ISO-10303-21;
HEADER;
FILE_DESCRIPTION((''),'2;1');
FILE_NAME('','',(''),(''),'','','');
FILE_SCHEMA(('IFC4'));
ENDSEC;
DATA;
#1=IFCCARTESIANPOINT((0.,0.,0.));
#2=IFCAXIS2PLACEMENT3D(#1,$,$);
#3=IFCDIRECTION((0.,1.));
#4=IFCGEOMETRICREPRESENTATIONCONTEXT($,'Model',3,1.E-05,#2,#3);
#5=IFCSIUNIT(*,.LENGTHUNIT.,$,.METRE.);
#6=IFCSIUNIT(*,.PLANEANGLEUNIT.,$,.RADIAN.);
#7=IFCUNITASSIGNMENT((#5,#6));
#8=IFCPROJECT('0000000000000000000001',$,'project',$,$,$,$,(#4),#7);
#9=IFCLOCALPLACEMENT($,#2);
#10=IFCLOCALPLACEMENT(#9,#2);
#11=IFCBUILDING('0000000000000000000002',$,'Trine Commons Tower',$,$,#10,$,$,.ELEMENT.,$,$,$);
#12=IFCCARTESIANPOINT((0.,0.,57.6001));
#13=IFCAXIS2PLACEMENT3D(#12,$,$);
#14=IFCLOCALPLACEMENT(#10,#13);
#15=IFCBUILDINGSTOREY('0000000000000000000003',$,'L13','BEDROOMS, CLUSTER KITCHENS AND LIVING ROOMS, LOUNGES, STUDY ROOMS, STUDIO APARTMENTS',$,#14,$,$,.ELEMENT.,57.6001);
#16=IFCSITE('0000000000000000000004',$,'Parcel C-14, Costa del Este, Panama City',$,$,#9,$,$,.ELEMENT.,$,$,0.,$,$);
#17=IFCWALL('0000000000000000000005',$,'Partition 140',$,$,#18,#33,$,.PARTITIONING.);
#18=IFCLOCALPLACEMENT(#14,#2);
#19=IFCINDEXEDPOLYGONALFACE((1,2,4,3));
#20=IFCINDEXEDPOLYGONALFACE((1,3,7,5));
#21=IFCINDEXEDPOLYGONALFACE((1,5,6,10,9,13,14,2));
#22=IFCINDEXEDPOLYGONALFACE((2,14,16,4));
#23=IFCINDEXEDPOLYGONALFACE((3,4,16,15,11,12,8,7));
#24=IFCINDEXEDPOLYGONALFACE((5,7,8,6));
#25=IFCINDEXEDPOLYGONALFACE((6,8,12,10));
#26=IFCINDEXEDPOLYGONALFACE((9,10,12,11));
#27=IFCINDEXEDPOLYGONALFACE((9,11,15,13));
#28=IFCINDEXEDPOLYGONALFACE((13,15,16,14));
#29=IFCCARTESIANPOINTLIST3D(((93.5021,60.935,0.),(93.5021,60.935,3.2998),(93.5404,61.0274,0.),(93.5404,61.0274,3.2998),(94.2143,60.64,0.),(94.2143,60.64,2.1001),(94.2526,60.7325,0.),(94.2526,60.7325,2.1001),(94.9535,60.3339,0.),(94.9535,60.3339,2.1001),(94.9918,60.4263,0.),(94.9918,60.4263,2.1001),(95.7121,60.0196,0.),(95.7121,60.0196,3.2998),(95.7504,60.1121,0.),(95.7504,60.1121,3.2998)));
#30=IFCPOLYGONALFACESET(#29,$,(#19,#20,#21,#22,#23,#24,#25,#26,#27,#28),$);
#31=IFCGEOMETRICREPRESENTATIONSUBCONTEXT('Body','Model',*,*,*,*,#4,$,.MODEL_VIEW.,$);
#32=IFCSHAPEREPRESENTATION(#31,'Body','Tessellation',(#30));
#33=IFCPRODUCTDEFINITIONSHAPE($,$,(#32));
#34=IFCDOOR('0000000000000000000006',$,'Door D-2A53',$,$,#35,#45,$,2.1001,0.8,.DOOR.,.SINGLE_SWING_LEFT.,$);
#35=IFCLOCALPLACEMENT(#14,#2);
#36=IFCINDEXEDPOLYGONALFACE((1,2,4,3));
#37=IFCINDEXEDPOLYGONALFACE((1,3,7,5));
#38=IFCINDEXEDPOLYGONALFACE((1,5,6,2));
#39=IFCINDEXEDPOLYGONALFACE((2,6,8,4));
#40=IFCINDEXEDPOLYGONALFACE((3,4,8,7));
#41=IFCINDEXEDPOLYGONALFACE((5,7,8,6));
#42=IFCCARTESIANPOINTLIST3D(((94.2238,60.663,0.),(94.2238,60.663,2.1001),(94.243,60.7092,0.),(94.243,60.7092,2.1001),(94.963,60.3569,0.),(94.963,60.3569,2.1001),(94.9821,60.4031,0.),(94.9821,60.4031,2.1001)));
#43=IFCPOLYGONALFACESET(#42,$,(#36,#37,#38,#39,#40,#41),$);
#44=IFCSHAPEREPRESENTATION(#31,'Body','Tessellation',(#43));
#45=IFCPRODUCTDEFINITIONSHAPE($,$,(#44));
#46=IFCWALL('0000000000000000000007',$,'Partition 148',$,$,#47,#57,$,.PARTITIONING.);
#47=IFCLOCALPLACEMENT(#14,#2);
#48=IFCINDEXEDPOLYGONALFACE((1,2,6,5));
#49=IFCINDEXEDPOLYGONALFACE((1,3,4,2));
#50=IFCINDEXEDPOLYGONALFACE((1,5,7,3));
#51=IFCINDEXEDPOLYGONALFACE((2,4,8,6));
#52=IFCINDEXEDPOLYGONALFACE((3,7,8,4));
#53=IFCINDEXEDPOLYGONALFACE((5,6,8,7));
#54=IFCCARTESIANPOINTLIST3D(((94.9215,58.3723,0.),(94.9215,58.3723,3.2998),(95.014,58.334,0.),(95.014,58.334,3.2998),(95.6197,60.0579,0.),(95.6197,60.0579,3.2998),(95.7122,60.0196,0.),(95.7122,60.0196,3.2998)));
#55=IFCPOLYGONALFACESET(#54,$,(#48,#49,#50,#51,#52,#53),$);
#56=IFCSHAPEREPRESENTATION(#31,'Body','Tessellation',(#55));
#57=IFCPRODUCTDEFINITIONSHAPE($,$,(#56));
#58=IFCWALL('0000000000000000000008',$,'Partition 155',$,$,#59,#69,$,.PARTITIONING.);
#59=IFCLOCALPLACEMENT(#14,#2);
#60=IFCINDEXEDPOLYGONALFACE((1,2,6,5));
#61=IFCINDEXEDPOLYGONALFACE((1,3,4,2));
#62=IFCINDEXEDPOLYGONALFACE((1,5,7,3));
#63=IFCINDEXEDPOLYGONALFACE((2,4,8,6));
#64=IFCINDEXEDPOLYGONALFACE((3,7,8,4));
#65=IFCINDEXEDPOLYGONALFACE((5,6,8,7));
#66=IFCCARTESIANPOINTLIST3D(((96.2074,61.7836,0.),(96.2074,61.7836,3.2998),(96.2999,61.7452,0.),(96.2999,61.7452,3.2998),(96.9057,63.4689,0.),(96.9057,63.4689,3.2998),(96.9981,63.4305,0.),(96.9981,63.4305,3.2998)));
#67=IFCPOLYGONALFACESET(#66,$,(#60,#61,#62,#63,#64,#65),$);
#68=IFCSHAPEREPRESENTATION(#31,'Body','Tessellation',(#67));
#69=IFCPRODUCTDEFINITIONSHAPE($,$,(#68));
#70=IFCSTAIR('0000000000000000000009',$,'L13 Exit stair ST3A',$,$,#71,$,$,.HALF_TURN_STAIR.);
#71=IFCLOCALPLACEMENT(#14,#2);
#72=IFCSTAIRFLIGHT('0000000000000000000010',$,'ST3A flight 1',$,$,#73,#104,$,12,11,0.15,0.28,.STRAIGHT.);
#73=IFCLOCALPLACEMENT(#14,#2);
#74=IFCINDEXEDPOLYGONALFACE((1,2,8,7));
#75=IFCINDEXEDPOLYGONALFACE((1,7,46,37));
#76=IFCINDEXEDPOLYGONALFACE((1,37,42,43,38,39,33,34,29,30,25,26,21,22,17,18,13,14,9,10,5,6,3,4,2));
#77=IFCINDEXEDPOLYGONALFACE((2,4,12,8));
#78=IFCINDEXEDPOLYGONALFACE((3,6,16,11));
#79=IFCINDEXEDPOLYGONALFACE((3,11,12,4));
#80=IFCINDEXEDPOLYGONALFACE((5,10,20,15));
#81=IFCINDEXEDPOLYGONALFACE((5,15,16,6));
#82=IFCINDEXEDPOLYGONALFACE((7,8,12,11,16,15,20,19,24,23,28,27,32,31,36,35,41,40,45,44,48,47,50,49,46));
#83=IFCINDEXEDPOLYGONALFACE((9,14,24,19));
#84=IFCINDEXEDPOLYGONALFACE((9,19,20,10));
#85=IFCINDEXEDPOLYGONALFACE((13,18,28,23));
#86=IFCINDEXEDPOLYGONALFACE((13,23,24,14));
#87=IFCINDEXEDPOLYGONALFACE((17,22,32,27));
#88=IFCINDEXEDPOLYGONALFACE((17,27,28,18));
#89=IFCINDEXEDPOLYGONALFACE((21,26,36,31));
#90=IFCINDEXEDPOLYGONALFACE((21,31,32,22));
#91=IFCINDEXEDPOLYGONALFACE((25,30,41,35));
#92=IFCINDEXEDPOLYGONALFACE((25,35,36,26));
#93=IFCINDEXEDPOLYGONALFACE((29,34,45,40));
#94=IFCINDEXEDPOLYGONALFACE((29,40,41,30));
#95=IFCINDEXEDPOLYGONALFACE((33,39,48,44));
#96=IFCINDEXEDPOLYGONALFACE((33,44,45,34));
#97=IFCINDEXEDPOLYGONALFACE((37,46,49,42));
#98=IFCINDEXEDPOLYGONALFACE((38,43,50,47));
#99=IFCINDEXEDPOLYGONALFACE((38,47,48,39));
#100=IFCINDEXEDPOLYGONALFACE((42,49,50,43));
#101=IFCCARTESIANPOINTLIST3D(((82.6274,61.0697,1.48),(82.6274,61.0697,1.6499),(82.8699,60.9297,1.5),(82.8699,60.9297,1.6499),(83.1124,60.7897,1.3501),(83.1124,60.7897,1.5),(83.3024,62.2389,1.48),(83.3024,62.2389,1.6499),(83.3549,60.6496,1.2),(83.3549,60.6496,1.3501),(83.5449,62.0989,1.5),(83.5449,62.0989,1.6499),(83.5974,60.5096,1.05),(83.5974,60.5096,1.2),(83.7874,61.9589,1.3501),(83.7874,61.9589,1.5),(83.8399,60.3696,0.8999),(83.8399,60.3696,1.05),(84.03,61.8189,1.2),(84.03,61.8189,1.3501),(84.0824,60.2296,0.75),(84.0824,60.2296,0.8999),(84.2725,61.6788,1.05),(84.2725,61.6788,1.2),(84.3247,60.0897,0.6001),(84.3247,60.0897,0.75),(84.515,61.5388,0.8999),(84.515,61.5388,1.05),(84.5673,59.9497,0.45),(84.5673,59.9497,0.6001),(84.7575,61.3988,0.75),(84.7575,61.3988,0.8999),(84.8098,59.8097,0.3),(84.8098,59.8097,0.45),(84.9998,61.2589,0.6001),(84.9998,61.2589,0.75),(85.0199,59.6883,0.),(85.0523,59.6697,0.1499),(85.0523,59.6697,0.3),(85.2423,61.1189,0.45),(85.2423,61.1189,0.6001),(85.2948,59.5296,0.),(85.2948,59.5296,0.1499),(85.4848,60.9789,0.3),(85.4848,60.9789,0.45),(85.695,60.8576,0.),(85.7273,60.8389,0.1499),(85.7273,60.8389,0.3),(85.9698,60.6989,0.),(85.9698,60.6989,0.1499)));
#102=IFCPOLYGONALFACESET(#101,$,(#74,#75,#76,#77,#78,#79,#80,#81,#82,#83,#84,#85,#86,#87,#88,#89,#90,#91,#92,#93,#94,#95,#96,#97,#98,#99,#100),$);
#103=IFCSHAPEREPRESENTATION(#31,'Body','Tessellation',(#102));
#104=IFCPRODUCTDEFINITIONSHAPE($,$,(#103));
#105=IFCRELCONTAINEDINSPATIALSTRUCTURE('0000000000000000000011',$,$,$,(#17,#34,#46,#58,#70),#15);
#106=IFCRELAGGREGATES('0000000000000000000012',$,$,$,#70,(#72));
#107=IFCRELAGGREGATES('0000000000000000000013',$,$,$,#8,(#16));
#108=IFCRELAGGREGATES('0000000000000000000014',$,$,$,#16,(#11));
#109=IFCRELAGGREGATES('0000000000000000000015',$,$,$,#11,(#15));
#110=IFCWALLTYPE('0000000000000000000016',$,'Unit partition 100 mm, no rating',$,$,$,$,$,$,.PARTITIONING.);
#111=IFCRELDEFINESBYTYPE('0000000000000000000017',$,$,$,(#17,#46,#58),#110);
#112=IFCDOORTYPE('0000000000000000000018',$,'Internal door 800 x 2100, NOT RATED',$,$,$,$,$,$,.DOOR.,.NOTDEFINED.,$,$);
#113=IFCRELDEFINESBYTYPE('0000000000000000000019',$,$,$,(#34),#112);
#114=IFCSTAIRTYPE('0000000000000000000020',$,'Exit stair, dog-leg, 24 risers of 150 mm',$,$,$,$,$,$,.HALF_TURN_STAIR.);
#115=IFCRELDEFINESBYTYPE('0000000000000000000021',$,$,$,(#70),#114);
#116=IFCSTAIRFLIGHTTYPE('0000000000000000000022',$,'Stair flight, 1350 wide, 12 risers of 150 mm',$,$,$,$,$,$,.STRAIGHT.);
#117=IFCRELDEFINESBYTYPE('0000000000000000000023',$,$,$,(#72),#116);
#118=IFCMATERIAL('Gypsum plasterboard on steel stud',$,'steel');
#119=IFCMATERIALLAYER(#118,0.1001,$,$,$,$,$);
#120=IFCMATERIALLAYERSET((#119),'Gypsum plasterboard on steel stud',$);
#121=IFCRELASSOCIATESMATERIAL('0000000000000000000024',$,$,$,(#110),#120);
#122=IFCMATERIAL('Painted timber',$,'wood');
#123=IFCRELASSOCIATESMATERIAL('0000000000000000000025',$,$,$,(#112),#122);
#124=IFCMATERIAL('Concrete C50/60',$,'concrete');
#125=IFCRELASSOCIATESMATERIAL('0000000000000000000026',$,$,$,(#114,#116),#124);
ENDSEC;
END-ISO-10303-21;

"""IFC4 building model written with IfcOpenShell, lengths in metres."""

from ifc_helpers import new_model, si_unit, direction, frame, frame_2d, origin, place, context, subcontext, project, spatial, polyline, rectangle, outline, extrude, material, layer, layer_set, type_object, element, fill, aggregate, save


model = new_model("IFC4")

# Units and contexts
model_context = context("Model", 3, precision=1e-05, world=origin(), true_north=direction((0.0, 1.0)))
body_context = subcontext(model_context, "Body", "Model", "MODEL_VIEW")
ifc_project = project(units=[si_unit("LENGTHUNIT", "METRE"), si_unit("PLANEANGLEUNIT", "RADIAN")], contexts=[model_context])

# Site, building, storey
site_placement = place(None, origin())
site = spatial("IfcSite", under=ifc_project, at=site_placement, Name="Parcel C-14, Costa del Este, Panama City", CompositionType="ELEMENT", RefElevation=0.0)
building_placement = place(site_placement, origin())
building = spatial("IfcBuilding", under=site, at=building_placement, Name="Trine Commons Tower", CompositionType="ELEMENT")
storey_placement = place(building_placement, frame((0.0, 0.0, 57.6001)))
storey = spatial("IfcBuildingStorey", under=building, at=storey_placement, Name="L13", Description="BEDROOMS, CLUSTER KITCHENS AND LIVING ROOMS, LOUNGES, STUDY ROOMS, STUDIO APARTMENTS", CompositionType="ELEMENT", Elevation=57.6001)

# Shared definitions
ifc_material_1 = material(Name="Concrete C50/60", Category="concrete")

# Shared definitions
ifc_material_2 = material(Name="Gypsum plasterboard on steel stud", Category="steel")

# Shared definitions
ifc_material_3 = material(Name="Painted timber", Category="wood")

# Wall, opening, door
ifc_layer_1 = layer(ifc_material_2, 0.1001)
ifc_layer_set_1 = layer_set([ifc_layer_1], Name="Gypsum plasterboard on steel stud")
wall_type_1 = type_object("IfcWallType", Name="Unit partition 100 mm, no rating", PredefinedType="PARTITIONING", material=ifc_layer_set_1)
door_type_1 = type_object("IfcDoorType", Name="Internal door 800 x 2100, NOT RATED", OperationType="NOTDEFINED", PredefinedType="DOOR", material=ifc_material_3)
wall_1_placement = place(storey_placement, frame((93.5212, 60.9812, 0.0), z_axis=(0.0, 0.0, 1.0), x_axis=(0.923896, -0.382643, 0.0)))
wall_1 = element("IfcWall", 1, at=wall_1_placement, inside=storey, type_object=wall_type_1, Name="Partition 140", PredefinedType="PARTITIONING", context=body_context, shape_type="SweptSolid", body=[
    extrude(rectangle(XDim=2.3921, YDim=0.1001, at=frame_2d((1.196, 0.0))), origin(), (0.0, 0.0, 1.0), 3.2998),
])
opening_1_placement = place(wall_1_placement, frame((0.771, 0.0, 0.0)))
opening_1 = element("IfcOpeningElement", 2, at=opening_1_placement, cuts=wall_1, PredefinedType="OPENING", context=body_context, shape_type="SweptSolid", body=[
    extrude(rectangle(XDim=0.8, YDim=2.1001, at=frame_2d((0.3999, 1.05))), frame((0.0, 0.0601, 0.0), z_axis=(0.0, -1.0, 0.0), x_axis=(1.0, 0.0, 0.0)), (0.0, 0.0, 1.0), 0.1201),
])
door_1_placement = place(opening_1_placement, origin())
door_1 = element("IfcDoor", 3, at=door_1_placement, inside=storey, type_object=door_type_1, Name="Door D-2A53", OperationType="SINGLE_SWING_LEFT", OverallHeight=2.1001, OverallWidth=0.8, PredefinedType="DOOR", context=body_context, shape_type="SweptSolid", body=[
    extrude(rectangle(XDim=0.8, YDim=2.1001, at=frame_2d((0.3999, 1.05))), frame((0.0, 0.0249, 0.0), z_axis=(0.0, -1.0, 0.0), x_axis=(1.0, 0.0, 0.0)), (0.0, 0.0, 1.0), 0.05),
])
fill(opening_1, door_1)

# Walls
wall_2_placement = place(storey_placement, frame((94.9678, 58.3533, 0.0), z_axis=(0.0, 0.0, 1.0), x_axis=(0.382714, 0.923867, 0.0)))
element("IfcWall", 4, at=wall_2_placement, inside=storey, type_object=wall_type_1, Name="Partition 148", PredefinedType="PARTITIONING", context=body_context, shape_type="SweptSolid", body=[
    extrude(rectangle(XDim=1.8245, YDim=0.1001, at=frame_2d((0.9121, 0.0))), origin(), (0.0, 0.0, 1.0), 3.2998),
])
wall_3_placement = place(storey_placement, frame((96.2537, 61.7644, 0.0), z_axis=(0.0, 0.0, 1.0), x_axis=(0.382762, 0.923847, 0.0)))
element("IfcWall", 5, at=wall_3_placement, inside=storey, type_object=wall_type_1, Name="Partition 155", PredefinedType="PARTITIONING", context=body_context, shape_type="SweptSolid", body=[
    extrude(rectangle(XDim=1.8242, YDim=0.1001, at=frame_2d((0.9121, 0.0))), origin(), (0.0, 0.0, 1.0), 3.2998),
])

# Stair, stair flight
stair_type = type_object("IfcStairType", Name="Exit stair, dog-leg, 24 risers of 150 mm", PredefinedType="HALF_TURN_STAIR", material=ifc_material_1)
stair_placement = place(storey_placement, origin())
stair = element("IfcStair", 6, at=stair_placement, inside=storey, type_object=stair_type, Name="L13 Exit stair ST3A", PredefinedType="HALF_TURN_STAIR")
stair_flight_type = type_object("IfcStairFlightType", Name="Stair flight, 1350 wide, 12 risers of 150 mm", PredefinedType="STRAIGHT", material=ifc_material_1)
stair_flight_placement = place(storey_placement, frame((85.6323, 60.1143, 0.0), z_axis=(0.0, 0.0, 1.0), x_axis=(-0.866025, 0.5, 0.0)))
stair_flight = element("IfcStairFlight", 7, at=stair_flight_placement, type_object=stair_flight_type, Name="ST3A flight 1", NumberOfRisers=12, NumberOfTreads=11, PredefinedType="STRAIGHT", RiserHeight=0.15, TreadLength=0.28, context=body_context, shape_type="SweptSolid", body=[
    extrude(outline(polyline([(0.0, 0.0), (0.0, 0.1499), (0.28, 0.1499), (0.28, 0.3), (0.5601, 0.3), (0.5601, 0.45), (0.8401, 0.45), (0.8401, 0.6001), (1.1201, 0.6001), (1.1201, 0.75), (1.3999, 0.75), (1.3999, 0.8999), (1.6799, 0.8999), (1.6799, 1.05), (1.96, 1.05), (1.96, 1.2), (2.24, 1.2), (2.24, 1.3501), (2.52, 1.3501), (2.52, 1.5), (2.8, 1.5), (2.8, 1.6499), (3.0801, 1.6499), (3.0801, 1.8), (3.0801, 1.48), (0.3174, 0.0), (0.0, 0.0)])), frame((0.0, 0.675, 0.0), z_axis=(0.0, -1.0, 0.0), x_axis=(1.0, 0.0, 0.0)), (0.0, 0.0, 1.0), 1.3501),
])
aggregate(stair, [stair_flight])

save(model, "model.ifc")
